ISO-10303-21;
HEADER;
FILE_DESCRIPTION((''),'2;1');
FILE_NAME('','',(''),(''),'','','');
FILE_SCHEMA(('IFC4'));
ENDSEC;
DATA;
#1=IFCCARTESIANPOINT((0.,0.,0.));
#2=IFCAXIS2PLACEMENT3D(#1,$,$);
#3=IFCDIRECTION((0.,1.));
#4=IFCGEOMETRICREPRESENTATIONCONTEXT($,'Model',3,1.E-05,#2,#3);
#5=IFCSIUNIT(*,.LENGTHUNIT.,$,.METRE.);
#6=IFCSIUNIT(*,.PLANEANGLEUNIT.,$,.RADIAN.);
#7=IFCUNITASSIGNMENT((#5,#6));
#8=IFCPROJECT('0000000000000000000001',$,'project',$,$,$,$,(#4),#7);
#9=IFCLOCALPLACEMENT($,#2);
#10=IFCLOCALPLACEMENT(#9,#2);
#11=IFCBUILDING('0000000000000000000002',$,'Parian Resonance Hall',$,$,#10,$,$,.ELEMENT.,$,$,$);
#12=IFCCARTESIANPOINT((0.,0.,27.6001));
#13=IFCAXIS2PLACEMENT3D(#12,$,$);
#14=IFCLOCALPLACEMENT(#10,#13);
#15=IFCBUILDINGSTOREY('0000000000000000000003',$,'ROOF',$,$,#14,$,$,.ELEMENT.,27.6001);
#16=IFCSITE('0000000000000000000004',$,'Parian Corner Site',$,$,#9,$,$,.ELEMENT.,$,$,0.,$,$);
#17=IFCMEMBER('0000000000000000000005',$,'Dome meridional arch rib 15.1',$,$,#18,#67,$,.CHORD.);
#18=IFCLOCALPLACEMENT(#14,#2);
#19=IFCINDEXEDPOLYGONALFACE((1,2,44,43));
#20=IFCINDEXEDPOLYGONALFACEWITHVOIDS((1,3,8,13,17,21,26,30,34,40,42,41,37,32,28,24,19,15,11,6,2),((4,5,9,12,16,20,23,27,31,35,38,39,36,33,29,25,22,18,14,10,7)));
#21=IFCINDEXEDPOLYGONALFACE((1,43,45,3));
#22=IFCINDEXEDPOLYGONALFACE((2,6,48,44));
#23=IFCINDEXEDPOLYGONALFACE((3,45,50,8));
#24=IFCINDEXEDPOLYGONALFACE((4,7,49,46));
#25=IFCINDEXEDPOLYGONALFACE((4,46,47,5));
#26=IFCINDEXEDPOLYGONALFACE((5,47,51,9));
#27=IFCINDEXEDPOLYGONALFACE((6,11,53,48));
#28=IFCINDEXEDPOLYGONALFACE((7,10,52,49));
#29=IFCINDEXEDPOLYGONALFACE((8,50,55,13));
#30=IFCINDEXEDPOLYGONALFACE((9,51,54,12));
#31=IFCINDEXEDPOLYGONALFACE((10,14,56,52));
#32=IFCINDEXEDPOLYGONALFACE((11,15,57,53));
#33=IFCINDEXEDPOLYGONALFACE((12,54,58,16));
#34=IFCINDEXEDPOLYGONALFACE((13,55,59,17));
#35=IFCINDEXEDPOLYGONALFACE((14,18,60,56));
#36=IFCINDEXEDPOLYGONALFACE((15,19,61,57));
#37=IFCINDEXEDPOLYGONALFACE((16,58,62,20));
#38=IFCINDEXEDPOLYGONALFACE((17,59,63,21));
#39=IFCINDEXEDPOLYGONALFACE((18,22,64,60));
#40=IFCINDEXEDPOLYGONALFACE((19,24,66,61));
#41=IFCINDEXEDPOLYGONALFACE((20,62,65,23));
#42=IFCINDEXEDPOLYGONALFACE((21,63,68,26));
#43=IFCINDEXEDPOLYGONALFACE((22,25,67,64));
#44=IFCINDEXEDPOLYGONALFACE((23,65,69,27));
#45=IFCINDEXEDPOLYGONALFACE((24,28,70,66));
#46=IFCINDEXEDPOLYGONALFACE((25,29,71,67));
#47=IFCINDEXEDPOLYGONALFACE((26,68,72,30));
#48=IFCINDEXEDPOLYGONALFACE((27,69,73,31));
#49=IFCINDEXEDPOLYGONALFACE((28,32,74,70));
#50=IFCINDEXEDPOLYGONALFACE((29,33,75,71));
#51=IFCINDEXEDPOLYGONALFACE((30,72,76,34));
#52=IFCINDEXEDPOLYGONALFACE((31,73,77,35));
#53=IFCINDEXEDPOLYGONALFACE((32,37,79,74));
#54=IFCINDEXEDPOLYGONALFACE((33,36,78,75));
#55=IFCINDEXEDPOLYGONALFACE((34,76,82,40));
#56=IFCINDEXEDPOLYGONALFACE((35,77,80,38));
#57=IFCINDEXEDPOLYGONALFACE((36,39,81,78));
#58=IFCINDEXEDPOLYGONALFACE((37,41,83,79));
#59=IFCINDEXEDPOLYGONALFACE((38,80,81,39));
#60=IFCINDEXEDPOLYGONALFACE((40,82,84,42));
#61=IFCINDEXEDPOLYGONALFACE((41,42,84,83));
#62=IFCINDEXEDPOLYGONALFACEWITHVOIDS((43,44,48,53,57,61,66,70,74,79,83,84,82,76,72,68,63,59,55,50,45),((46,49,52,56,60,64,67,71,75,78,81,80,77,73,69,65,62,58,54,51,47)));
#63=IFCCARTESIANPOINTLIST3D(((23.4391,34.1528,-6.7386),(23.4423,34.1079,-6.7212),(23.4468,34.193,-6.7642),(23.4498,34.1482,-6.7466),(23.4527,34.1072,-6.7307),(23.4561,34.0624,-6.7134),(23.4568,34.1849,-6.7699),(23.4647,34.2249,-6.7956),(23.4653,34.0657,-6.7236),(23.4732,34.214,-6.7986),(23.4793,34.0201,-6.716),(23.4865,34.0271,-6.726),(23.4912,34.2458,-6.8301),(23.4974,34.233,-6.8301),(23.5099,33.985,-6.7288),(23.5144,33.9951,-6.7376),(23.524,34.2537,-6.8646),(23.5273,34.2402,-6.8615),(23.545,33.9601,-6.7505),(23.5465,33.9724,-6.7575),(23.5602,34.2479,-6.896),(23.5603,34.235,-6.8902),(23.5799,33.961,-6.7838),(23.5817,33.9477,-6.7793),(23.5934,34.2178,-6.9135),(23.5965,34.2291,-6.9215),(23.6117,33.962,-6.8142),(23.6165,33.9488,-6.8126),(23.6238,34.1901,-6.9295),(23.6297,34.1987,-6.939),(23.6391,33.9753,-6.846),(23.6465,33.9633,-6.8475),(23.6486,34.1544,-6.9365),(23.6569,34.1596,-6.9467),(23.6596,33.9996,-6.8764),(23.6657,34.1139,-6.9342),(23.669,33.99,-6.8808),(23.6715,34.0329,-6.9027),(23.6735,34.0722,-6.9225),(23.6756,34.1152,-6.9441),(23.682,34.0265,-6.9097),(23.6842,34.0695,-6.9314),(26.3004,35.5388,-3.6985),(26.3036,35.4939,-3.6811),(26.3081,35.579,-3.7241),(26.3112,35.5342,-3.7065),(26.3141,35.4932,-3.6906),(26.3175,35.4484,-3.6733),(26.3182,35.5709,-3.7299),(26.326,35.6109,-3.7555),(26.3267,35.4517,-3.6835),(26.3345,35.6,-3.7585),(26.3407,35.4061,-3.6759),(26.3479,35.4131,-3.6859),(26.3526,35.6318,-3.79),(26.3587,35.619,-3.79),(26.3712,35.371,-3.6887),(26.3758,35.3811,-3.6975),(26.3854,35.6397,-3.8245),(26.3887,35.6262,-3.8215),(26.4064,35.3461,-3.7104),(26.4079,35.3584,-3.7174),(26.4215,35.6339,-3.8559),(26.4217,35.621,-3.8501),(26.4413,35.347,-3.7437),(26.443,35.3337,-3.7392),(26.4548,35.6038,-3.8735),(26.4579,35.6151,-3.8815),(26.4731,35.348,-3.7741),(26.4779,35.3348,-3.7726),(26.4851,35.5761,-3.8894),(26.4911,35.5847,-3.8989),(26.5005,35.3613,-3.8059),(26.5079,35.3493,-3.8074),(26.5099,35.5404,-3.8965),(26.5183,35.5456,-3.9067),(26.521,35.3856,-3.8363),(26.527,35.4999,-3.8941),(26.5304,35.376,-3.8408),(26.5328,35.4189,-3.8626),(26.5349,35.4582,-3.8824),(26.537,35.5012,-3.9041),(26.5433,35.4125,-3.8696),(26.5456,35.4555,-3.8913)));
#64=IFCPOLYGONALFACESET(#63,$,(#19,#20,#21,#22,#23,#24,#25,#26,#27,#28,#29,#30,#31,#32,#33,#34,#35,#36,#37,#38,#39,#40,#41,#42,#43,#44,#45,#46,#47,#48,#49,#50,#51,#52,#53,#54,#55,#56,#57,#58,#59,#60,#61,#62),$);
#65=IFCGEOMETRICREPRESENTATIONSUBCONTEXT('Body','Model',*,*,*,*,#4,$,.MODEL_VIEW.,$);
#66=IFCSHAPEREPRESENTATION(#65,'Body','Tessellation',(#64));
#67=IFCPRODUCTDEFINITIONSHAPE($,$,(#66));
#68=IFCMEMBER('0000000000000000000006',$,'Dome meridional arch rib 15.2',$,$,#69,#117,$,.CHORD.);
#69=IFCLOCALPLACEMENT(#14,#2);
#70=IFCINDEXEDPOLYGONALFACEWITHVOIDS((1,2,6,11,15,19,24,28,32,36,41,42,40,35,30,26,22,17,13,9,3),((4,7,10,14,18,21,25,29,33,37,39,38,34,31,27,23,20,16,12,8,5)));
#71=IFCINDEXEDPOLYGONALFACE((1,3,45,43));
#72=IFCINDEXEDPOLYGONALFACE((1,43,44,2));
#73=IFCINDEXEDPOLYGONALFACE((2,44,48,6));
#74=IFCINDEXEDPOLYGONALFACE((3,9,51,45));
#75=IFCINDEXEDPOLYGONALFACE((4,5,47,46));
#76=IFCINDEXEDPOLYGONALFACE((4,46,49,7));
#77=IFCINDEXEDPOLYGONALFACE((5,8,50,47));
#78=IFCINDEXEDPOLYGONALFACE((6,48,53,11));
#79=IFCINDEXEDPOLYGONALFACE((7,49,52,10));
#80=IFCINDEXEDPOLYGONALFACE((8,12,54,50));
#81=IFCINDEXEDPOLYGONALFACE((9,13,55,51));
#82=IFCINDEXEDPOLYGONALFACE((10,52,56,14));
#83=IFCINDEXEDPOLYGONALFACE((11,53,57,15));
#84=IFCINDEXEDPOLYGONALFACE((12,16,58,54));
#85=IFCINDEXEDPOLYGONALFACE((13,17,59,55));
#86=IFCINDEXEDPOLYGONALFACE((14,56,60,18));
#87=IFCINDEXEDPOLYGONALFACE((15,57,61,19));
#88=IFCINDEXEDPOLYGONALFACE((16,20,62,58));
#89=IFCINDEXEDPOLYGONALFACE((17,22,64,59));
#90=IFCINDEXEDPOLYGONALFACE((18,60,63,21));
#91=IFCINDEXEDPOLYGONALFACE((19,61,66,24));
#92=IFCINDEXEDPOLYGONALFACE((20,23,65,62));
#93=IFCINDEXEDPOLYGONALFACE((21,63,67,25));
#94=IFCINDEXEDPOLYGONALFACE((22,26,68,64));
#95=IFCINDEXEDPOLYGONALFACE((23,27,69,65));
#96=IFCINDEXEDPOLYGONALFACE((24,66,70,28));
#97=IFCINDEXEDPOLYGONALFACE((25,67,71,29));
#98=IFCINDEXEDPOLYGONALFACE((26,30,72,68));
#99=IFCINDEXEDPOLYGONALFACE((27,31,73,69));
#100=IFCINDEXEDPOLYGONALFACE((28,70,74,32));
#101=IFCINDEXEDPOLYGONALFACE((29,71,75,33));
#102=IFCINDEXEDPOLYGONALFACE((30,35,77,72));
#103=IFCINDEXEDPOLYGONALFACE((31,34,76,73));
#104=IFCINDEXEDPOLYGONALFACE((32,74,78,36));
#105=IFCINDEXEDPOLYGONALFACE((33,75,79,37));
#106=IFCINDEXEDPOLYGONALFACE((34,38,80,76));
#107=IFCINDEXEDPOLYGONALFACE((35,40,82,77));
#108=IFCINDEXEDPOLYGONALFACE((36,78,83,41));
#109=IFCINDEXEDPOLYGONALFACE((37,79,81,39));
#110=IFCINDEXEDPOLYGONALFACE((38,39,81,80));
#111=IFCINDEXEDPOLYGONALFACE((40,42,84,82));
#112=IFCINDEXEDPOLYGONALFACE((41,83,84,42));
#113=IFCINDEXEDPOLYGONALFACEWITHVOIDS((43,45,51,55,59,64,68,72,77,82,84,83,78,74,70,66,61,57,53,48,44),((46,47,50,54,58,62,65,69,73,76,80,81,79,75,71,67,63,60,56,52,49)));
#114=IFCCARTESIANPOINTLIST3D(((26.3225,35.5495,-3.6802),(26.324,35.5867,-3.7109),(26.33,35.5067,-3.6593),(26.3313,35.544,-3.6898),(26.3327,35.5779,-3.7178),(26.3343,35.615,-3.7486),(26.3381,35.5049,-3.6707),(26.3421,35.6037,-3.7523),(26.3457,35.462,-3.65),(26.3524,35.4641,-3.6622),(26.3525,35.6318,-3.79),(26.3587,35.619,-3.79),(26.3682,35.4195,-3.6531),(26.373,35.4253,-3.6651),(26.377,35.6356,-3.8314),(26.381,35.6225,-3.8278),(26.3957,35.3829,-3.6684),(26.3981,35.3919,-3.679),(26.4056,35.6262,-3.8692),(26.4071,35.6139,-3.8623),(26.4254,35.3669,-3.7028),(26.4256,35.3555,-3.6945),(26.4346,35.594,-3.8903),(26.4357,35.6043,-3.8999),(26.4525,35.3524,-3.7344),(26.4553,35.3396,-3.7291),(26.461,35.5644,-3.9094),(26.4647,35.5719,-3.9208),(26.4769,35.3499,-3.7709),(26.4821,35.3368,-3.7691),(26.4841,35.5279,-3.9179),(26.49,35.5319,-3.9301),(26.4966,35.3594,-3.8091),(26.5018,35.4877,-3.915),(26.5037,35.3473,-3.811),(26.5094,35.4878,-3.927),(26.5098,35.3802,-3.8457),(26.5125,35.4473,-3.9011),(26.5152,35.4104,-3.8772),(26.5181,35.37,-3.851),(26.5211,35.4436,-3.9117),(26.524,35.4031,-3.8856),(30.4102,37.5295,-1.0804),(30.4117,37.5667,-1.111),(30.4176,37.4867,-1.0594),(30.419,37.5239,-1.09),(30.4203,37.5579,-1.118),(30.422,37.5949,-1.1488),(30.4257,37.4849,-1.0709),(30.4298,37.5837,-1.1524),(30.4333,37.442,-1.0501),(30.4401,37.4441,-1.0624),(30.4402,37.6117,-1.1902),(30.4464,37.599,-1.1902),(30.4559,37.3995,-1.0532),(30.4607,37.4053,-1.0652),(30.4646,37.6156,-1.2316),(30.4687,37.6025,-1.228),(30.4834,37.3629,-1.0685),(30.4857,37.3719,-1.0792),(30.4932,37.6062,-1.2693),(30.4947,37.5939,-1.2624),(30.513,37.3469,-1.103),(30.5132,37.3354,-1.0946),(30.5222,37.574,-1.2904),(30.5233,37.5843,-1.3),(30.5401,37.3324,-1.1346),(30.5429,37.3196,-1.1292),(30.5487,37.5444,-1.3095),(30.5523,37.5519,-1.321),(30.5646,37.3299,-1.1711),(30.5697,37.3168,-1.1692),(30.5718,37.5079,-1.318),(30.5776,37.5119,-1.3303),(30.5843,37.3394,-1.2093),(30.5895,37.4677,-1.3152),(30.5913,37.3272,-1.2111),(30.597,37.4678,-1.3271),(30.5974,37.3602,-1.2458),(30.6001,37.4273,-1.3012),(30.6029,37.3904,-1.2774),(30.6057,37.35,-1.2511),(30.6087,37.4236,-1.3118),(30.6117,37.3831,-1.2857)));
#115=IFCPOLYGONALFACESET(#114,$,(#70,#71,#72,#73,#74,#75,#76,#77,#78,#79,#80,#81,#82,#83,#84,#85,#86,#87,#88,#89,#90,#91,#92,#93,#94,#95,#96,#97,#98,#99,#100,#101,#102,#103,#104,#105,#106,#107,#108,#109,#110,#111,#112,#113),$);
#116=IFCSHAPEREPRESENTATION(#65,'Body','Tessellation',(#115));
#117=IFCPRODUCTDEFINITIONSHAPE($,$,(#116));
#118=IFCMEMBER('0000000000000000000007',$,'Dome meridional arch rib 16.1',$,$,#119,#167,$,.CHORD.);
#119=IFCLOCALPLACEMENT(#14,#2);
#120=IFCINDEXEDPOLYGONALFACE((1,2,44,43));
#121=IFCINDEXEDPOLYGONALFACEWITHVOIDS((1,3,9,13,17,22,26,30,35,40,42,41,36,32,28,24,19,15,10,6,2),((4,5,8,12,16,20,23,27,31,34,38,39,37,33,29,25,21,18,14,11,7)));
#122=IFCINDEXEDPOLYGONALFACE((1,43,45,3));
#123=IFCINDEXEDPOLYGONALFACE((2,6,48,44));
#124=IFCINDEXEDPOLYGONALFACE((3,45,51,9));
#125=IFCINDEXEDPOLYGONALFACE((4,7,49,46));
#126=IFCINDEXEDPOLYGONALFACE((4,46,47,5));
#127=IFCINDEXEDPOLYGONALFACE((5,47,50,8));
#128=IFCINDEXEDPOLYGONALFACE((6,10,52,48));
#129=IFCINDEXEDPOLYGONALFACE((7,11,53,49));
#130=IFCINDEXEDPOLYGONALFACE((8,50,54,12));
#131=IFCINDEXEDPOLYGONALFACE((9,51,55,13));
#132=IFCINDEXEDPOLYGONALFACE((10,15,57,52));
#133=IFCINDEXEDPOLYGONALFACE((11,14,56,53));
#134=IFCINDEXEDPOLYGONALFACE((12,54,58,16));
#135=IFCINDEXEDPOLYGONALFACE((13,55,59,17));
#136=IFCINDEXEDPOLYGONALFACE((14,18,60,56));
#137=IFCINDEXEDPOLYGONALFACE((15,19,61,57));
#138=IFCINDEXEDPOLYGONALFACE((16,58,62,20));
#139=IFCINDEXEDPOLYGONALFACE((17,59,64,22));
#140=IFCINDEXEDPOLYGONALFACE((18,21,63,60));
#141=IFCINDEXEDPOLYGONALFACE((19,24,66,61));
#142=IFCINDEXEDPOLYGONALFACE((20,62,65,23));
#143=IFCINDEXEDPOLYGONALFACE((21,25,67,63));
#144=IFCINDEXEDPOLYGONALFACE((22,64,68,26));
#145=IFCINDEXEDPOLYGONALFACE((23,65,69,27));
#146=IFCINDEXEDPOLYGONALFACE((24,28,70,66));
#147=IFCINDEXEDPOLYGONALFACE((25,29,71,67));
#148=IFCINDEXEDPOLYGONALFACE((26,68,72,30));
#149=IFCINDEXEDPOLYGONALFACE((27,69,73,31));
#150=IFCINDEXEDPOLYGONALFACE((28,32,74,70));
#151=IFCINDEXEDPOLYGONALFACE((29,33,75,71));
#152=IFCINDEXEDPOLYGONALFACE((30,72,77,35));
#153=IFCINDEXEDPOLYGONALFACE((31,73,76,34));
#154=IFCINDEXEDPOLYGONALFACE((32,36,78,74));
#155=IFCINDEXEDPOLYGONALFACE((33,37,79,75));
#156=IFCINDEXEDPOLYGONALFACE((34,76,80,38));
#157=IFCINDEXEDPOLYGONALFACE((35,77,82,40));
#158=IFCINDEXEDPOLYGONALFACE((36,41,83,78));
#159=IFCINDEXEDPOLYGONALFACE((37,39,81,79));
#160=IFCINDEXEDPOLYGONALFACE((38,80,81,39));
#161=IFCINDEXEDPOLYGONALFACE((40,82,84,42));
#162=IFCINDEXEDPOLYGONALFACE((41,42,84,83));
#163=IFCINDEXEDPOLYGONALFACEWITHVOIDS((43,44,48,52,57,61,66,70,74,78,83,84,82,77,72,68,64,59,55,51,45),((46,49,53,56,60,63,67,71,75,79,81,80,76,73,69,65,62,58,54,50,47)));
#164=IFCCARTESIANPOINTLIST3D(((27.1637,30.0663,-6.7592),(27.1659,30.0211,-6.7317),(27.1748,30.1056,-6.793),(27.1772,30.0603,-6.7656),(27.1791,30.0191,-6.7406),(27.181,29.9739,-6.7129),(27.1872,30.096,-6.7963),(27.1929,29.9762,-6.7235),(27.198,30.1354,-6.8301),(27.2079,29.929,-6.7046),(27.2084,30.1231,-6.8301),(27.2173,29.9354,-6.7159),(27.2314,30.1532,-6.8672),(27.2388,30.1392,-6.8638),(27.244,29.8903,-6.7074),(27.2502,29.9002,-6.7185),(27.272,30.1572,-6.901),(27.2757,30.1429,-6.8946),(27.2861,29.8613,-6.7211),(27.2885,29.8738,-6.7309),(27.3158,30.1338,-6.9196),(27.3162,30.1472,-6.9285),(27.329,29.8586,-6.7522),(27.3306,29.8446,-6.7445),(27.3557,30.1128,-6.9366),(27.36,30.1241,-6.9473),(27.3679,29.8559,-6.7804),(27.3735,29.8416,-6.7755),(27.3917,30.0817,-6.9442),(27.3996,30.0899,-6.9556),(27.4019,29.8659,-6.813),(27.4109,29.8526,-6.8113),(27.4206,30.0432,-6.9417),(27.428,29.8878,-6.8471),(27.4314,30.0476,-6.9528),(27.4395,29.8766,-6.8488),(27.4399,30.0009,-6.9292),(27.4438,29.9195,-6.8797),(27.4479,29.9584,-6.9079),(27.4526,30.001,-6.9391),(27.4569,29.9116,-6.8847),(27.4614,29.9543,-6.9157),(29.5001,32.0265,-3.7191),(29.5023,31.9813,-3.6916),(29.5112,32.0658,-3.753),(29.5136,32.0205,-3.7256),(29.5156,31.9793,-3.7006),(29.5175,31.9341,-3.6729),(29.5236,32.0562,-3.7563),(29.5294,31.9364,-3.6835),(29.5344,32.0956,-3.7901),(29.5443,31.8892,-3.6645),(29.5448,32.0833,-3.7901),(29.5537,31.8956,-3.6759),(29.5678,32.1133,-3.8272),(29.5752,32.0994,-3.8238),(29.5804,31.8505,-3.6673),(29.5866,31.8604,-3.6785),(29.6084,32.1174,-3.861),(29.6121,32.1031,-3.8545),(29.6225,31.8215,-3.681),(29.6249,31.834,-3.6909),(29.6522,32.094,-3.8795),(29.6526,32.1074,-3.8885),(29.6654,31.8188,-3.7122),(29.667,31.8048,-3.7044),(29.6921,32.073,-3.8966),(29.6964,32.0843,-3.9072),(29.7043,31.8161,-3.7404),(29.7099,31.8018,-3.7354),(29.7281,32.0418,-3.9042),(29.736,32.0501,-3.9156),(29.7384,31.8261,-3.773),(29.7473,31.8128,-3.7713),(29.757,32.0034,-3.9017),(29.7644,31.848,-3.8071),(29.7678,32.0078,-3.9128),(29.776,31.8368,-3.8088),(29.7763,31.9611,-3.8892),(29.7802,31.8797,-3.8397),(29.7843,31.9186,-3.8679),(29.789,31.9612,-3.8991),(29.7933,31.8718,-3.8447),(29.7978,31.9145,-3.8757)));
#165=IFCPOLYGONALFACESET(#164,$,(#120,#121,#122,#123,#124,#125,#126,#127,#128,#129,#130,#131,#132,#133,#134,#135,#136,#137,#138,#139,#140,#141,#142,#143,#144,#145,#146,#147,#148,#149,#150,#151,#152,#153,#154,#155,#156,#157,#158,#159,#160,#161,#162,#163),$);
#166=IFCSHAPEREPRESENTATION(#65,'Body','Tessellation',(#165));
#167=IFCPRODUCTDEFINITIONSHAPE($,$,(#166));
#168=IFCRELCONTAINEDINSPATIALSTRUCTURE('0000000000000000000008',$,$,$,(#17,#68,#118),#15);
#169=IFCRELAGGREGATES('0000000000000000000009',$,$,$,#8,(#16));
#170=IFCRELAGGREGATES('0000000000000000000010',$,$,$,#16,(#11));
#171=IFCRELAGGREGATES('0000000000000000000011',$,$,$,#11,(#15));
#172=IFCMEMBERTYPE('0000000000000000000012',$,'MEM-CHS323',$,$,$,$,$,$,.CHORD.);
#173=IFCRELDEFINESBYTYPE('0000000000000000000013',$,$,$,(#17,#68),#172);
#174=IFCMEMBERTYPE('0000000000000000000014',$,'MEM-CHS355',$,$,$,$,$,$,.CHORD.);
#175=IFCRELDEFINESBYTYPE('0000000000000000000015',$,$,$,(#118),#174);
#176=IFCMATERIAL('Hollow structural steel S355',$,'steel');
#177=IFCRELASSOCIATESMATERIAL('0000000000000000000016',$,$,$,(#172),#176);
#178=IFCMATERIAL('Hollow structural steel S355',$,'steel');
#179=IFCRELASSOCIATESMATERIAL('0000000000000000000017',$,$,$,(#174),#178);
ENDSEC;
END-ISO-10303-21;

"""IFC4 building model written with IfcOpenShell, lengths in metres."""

from ifc_helpers import new_model, si_unit, direction, frame, origin, origin_2d, place, context, subcontext, project, spatial, hollow_circle, extrude, material, material_profile, profile_set, type_object, element, save


model = new_model("IFC4")

# Units and contexts
model_context = context("Model", 3, precision=1e-05, world=origin(), true_north=direction((0.0, 1.0)))
body_context = subcontext(model_context, "Body", "Model", "MODEL_VIEW")
ifc_project = project(units=[si_unit("LENGTHUNIT", "METRE"), si_unit("PLANEANGLEUNIT", "RADIAN")], contexts=[model_context])

# Site, building, storey
site_placement = place(None, origin())
site = spatial("IfcSite", under=ifc_project, at=site_placement, Name="Parian Corner Site", CompositionType="ELEMENT", RefElevation=0.0)
building_placement = place(site_placement, origin())
building = spatial("IfcBuilding", under=site, at=building_placement, Name="Parian Resonance Hall", CompositionType="ELEMENT")
storey_placement = place(building_placement, frame((0.0, 0.0, 27.6001)))
storey = spatial("IfcBuildingStorey", under=building, at=storey_placement, Name="ROOF", CompositionType="ELEMENT", Elevation=27.6001)

# Members
ifc_material_1 = material(Name="Hollow structural steel S355", Category="steel")
ifc_material_profile_1 = material_profile(ifc_material_1, hollow_circle(Radius=0.1619, WallThickness=0.0142, at=origin_2d()), Name="CHS323.9x14.2")
ifc_profile_set_1 = profile_set([ifc_material_profile_1], Name="Hollow structural steel S355")
member_type_1 = type_object("IfcMemberType", Name="MEM-CHS323", PredefinedType="CHORD", material=ifc_profile_set_1)
member_1_placement = place(storey_placement, frame((23.5618, 34.1001, -6.8301), z_axis=(0.65047, 0.315078, 0.691097), x_axis=(-0.435936, 0.899978, 0.0)))
element("IfcMember", 1, at=member_1_placement, inside=storey, type_object=member_type_1, Name="Dome meridional arch rib 15.1", PredefinedType="CHORD", context=body_context, shape_type="SweptSolid", body=[
    extrude(hollow_circle(Radius=0.1619, WallThickness=0.0142, at=origin_2d()), origin(), (0.0, 0.0, 1.0), 4.3989),
])
member_2_placement = place(storey_placement, frame((26.4231, 35.4861, -3.79), z_axis=(0.78107, 0.378336, 0.496782), x_axis=(-0.435933, 0.899979, 0.0)))
element("IfcMember", 2, at=member_2_placement, inside=storey, type_object=member_type_1, Name="Dome meridional arch rib 15.2", PredefinedType="CHORD", context=body_context, shape_type="SweptSolid", body=[
    extrude(hollow_circle(Radius=0.1619, WallThickness=0.0142, at=origin_2d()), origin(), (0.0, 0.0, 1.0), 5.2334),
])
ifc_material_2 = material(Name="Hollow structural steel S355", Category="steel")
ifc_material_profile_2 = material_profile(ifc_material_2, hollow_circle(Radius=0.1777, WallThickness=0.0161, at=origin_2d()), Name="CHS355.6x16")
ifc_profile_set_2 = profile_set([ifc_material_profile_2], Name="Hollow structural steel S355")
member_type_2 = type_object("IfcMemberType", Name="MEM-CHS355", PredefinedType="CHORD", material=ifc_profile_set_2)
member_3_placement = place(storey_placement, frame((27.3123, 29.9993, -6.8301), z_axis=(0.542576, 0.455208, 0.705972), x_axis=(-0.642732, 0.766091, 0.0)))
element("IfcMember", 3, at=member_3_placement, inside=storey, type_object=member_type_2, Name="Dome meridional arch rib 16.1", PredefinedType="CHORD", context=body_context, shape_type="SweptSolid", body=[
    extrude(hollow_circle(Radius=0.1777, WallThickness=0.0161, at=origin_2d()), origin(), (0.0, 0.0, 1.0), 4.3062),
])

save(model, "model.ifc")
